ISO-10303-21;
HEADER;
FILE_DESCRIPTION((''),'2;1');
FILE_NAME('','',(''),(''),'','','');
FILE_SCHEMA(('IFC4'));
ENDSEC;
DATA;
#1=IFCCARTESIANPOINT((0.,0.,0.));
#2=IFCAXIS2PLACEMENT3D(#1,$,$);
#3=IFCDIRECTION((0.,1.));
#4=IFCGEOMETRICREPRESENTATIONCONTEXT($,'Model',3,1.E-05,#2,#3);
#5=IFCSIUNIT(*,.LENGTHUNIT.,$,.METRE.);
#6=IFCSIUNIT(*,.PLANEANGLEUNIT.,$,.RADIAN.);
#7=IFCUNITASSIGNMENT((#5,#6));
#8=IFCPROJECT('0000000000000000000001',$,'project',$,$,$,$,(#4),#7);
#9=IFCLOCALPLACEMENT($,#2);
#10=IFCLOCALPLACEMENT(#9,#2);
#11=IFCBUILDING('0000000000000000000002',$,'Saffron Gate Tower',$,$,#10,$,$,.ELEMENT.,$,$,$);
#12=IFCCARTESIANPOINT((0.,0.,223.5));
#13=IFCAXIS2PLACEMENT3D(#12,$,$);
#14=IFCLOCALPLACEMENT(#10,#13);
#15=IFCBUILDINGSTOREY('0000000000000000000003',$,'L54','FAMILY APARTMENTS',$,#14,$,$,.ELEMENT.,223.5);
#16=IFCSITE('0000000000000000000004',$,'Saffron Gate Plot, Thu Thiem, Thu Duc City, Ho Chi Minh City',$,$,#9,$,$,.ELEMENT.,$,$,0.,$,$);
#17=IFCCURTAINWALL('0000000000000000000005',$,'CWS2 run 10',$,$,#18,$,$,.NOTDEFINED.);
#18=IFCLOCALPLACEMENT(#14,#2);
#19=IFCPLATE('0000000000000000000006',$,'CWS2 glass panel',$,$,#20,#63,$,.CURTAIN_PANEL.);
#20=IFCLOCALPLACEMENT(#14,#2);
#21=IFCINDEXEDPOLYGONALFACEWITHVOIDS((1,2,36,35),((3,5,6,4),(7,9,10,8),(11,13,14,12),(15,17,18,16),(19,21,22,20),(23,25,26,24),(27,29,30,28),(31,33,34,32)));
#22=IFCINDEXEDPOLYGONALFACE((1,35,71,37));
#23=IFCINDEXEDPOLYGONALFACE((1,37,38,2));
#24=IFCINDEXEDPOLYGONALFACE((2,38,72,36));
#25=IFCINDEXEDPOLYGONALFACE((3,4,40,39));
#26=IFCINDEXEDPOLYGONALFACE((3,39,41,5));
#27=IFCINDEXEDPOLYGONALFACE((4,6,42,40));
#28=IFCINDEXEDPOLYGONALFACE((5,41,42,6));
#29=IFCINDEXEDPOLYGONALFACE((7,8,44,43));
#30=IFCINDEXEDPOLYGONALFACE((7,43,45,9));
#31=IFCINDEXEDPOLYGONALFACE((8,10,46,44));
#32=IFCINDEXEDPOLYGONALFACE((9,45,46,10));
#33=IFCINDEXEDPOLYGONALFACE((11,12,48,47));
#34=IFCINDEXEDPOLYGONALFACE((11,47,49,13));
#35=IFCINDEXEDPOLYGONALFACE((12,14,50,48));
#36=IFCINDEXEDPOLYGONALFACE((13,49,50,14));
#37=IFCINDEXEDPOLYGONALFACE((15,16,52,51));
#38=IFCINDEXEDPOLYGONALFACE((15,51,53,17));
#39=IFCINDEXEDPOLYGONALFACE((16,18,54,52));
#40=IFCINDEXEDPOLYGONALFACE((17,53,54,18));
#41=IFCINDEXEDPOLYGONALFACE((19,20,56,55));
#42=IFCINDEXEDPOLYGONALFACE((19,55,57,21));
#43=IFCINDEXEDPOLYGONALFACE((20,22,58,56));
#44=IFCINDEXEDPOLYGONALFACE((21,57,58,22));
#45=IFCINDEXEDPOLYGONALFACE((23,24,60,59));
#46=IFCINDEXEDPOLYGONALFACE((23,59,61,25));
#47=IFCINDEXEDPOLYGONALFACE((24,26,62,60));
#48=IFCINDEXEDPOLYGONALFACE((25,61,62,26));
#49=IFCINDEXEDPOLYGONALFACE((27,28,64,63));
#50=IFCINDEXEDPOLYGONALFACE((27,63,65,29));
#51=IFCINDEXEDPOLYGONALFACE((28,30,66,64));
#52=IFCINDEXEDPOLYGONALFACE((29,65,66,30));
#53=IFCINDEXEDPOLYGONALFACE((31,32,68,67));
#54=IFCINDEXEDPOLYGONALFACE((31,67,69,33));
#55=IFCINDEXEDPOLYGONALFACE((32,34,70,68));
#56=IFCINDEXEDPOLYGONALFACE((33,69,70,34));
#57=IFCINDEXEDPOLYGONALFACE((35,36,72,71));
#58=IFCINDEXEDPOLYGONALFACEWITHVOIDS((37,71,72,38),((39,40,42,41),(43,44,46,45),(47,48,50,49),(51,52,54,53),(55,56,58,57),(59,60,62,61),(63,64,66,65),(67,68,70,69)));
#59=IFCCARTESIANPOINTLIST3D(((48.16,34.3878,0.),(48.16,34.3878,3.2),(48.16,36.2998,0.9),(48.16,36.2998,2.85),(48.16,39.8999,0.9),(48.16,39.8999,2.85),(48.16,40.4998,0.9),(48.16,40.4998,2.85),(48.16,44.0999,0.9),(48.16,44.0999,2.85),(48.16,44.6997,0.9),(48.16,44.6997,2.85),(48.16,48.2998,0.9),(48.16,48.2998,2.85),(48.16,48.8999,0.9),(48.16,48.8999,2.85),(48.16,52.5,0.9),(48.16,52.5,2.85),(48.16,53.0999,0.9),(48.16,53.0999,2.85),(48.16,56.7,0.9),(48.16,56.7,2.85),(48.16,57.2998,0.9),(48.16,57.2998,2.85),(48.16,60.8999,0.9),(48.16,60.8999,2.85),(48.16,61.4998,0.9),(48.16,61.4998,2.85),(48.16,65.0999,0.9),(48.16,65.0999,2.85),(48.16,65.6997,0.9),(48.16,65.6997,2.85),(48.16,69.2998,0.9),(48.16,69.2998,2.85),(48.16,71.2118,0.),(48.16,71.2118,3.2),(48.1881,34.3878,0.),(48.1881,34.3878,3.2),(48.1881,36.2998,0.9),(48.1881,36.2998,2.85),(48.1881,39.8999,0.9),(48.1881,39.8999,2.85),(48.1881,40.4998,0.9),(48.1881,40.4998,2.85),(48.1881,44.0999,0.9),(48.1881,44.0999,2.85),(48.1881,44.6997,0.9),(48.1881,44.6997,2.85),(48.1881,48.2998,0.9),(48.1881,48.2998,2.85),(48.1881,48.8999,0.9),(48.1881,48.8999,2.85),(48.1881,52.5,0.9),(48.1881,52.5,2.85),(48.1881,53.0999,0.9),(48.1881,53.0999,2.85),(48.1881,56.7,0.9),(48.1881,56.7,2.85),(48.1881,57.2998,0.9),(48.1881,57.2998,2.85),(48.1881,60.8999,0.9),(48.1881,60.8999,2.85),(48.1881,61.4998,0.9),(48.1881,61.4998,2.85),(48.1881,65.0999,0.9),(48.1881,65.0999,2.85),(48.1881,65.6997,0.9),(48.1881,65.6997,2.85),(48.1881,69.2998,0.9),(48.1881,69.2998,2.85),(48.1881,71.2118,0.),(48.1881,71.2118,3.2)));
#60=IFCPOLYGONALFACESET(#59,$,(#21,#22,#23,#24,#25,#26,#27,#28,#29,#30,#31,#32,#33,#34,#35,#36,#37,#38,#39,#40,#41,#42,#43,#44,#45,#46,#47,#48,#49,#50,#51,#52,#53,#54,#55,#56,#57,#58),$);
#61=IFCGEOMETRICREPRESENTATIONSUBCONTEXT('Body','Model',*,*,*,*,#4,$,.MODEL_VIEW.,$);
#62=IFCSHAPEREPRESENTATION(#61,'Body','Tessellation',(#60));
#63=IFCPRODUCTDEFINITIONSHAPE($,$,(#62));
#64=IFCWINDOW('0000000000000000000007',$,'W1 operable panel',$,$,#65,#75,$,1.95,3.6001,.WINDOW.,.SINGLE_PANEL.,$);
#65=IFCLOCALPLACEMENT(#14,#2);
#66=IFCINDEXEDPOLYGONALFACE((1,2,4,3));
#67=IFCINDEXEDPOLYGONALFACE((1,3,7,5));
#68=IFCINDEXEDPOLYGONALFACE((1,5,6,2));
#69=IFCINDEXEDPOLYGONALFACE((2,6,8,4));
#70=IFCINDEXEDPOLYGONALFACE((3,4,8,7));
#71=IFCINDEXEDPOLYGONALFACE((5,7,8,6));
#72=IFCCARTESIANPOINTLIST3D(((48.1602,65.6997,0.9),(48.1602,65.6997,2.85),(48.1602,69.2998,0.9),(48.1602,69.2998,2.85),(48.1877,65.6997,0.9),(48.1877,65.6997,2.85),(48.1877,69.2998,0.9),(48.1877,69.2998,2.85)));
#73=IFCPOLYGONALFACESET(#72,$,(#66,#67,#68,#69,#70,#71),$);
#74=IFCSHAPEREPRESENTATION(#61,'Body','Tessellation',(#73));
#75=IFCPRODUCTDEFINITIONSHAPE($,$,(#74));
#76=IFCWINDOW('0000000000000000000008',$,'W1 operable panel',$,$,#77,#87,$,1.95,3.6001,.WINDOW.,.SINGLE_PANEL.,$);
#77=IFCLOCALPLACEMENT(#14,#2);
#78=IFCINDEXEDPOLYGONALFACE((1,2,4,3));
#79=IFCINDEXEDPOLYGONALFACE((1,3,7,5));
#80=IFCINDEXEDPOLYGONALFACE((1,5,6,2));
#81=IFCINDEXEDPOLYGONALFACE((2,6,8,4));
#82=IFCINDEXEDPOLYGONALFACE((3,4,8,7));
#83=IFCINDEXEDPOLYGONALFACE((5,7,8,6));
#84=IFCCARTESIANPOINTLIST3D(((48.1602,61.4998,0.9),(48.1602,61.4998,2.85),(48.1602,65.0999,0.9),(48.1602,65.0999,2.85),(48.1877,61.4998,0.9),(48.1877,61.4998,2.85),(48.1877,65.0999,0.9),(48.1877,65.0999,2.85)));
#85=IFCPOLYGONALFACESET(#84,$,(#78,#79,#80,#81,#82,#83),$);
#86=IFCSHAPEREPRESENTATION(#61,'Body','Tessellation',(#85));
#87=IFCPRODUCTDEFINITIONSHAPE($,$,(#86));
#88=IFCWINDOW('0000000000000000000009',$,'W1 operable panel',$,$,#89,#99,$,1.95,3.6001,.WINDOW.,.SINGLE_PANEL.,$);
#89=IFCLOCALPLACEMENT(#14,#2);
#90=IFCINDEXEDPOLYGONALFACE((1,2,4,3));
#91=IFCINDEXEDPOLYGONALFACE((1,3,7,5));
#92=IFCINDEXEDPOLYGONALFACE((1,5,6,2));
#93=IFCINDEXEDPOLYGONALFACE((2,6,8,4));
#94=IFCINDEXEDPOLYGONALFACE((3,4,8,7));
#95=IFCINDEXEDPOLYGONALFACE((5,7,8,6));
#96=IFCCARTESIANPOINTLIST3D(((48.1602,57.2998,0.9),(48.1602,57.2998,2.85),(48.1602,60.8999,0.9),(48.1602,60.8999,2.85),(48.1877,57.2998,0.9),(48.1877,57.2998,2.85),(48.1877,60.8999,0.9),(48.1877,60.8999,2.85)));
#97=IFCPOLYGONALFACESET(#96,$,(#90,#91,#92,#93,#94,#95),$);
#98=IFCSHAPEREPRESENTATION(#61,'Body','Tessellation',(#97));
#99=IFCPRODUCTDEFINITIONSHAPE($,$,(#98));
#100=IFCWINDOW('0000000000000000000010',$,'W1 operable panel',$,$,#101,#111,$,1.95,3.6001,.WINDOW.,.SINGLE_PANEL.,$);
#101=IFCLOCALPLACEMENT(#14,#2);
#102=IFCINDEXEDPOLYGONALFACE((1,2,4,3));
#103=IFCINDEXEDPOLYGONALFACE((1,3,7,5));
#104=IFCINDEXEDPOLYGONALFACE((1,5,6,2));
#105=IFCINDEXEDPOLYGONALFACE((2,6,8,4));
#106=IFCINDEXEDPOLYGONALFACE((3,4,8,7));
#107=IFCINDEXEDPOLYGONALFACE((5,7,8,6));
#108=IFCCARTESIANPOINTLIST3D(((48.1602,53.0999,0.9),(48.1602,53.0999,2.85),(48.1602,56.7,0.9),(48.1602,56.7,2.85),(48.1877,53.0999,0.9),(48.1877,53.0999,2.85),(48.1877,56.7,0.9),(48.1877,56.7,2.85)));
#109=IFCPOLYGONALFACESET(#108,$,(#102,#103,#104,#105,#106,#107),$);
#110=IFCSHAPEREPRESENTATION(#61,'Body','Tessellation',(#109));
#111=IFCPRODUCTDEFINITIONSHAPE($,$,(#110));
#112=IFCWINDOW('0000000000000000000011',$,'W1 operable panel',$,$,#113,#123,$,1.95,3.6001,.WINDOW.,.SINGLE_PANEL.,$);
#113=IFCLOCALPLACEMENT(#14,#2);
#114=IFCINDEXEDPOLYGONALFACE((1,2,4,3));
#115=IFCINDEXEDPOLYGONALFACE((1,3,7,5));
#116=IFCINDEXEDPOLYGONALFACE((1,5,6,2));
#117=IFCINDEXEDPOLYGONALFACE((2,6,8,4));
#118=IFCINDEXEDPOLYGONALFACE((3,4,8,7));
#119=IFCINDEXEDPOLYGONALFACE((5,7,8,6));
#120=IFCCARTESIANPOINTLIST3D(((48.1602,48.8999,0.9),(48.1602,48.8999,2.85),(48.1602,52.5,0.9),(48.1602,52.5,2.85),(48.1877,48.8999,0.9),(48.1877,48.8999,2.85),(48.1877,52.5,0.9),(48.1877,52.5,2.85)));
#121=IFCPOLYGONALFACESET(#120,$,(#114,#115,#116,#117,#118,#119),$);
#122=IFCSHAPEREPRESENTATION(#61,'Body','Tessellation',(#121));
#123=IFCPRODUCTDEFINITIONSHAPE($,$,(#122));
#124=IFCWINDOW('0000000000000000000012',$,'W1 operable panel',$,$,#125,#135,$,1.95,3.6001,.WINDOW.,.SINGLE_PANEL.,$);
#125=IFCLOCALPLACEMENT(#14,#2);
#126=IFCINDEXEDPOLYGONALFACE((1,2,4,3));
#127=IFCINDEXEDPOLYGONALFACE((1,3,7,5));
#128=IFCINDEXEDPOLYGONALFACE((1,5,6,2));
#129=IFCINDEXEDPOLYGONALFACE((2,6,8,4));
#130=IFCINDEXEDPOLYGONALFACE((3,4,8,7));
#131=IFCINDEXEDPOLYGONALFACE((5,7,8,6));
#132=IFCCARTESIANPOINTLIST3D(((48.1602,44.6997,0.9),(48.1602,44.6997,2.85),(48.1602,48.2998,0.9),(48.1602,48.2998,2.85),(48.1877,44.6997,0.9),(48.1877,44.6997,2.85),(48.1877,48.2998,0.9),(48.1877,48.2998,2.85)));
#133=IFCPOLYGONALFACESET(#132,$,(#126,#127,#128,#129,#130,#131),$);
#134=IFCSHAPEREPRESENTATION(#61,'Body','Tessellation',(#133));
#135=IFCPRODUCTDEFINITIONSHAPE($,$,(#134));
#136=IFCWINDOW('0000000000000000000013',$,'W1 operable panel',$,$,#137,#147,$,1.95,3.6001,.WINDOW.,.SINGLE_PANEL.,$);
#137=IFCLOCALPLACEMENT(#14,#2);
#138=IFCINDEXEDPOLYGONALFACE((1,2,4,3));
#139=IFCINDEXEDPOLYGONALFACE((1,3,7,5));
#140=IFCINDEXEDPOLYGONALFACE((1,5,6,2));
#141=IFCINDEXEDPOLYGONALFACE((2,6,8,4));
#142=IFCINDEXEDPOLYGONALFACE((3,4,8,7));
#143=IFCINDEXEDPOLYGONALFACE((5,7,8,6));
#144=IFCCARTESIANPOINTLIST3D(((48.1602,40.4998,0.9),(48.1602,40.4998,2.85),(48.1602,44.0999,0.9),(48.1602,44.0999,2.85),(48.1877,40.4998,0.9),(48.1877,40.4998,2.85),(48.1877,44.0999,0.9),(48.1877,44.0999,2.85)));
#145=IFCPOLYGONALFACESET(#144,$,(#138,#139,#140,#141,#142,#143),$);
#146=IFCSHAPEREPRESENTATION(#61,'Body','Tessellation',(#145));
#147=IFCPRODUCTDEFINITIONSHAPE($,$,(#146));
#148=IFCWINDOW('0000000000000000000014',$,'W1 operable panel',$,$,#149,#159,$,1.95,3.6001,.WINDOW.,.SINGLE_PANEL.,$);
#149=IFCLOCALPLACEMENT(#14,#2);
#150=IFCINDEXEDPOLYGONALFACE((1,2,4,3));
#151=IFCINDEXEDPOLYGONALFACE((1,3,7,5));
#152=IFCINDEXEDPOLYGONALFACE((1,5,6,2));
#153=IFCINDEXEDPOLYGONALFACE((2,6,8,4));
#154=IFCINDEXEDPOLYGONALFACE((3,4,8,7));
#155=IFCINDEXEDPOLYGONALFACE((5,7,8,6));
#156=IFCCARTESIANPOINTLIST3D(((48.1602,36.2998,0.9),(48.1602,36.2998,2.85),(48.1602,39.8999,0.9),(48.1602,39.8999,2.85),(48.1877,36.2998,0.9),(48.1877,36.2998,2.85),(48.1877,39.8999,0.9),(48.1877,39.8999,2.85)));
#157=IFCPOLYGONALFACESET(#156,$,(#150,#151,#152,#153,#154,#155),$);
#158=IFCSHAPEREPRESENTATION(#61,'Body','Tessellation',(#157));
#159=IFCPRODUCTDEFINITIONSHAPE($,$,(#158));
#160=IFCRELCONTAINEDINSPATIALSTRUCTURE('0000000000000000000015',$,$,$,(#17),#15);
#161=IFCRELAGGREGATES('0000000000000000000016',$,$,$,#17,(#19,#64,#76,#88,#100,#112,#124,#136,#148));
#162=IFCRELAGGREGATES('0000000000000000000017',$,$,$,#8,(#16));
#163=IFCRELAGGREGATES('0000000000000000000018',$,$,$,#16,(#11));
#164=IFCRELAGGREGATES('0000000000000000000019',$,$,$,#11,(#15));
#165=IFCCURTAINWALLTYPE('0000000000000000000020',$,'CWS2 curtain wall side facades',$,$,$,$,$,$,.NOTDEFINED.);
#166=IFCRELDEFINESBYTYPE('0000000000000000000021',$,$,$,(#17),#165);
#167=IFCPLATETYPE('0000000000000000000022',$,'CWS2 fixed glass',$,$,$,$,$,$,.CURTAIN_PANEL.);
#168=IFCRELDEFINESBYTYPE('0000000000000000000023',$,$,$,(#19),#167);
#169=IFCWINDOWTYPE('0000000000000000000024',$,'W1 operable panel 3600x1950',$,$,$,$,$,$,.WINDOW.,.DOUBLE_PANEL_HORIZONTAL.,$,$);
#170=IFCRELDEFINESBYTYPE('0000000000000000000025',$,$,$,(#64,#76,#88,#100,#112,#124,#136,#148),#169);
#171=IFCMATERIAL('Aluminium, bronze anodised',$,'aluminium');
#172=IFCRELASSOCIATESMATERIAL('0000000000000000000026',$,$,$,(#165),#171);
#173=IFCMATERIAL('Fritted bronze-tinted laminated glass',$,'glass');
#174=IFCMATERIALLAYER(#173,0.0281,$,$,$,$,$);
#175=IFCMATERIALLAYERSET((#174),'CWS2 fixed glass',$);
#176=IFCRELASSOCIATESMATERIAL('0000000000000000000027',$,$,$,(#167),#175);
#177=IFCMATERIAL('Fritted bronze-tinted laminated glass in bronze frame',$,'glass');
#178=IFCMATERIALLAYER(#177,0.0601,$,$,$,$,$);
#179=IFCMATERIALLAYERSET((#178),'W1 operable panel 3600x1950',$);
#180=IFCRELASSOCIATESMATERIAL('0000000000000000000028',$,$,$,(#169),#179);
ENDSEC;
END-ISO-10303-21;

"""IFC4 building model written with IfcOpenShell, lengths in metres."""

from ifc_helpers import new_model, si_unit, direction, frame, frame_2d, origin, place, context, subcontext, project, spatial, rectangle, extrude, material, layer, layer_set, type_object, element, fill, aggregate, save


model = new_model("IFC4")

# Units and contexts
model_context = context("Model", 3, precision=1e-05, world=origin(), true_north=direction((0.0, 1.0)))
body_context = subcontext(model_context, "Body", "Model", "MODEL_VIEW")
ifc_project = project(units=[si_unit("LENGTHUNIT", "METRE"), si_unit("PLANEANGLEUNIT", "RADIAN")], contexts=[model_context])

# Site, building, storey
site_placement = place(None, origin())
site = spatial("IfcSite", under=ifc_project, at=site_placement, Name="Saffron Gate Plot, Thu Thiem, Thu Duc City, Ho Chi Minh City", CompositionType="ELEMENT", RefElevation=0.0)
building_placement = place(site_placement, origin())
building = spatial("IfcBuilding", under=site, at=building_placement, Name="Saffron Gate Tower", CompositionType="ELEMENT")
storey_placement = place(building_placement, frame((0.0, 0.0, 223.5)))
storey = spatial("IfcBuildingStorey", under=building, at=storey_placement, Name="L54", Description="FAMILY APARTMENTS", CompositionType="ELEMENT", Elevation=223.5)

# Curtain wall
ifc_material_1 = material(Name="Aluminium, bronze anodised", Category="aluminium")
curtain_wall_type_1 = type_object("IfcCurtainWallType", Name="CWS2 curtain wall side facades", PredefinedType="NOTDEFINED", material=ifc_material_1)
curtain_wall_1_placement = place(storey_placement, origin())
curtain_wall_1 = element("IfcCurtainWall", 1, at=curtain_wall_1_placement, inside=storey, type_object=curtain_wall_type_1, Name="CWS2 run 10", PredefinedType="NOTDEFINED")

# Plate, openings, windows
ifc_material_2 = material(Name="Fritted bronze-tinted laminated glass", Category="glass")
ifc_layer_1 = layer(ifc_material_2, 0.0281)
ifc_layer_set_1 = layer_set([ifc_layer_1], Name="CWS2 fixed glass")
plate_type_1 = type_object("IfcPlateType", Name="CWS2 fixed glass", PredefinedType="CURTAIN_PANEL", material=ifc_layer_set_1)
plate_1_placement = place(storey_placement, frame((48.1741, 71.2119, 0.0), z_axis=(0.0, 0.0, 1.0), x_axis=(0.0, -1.0, 0.0)))
plate_1 = element("IfcPlate", 2, at=plate_1_placement, type_object=plate_type_1, Name="CWS2 glass panel", PredefinedType="CURTAIN_PANEL", context=body_context, shape_type="SweptSolid", body=[
    extrude(rectangle(XDim=36.824, YDim=0.0281, at=frame_2d((18.4121, 0.0))), origin(), (0.0, 0.0, 1.0), 3.2),
])
opening_1_placement = place(plate_1_placement, frame((1.9121, 0.0, 0.8999)))
opening_1 = element("IfcOpeningElement", 3, at=opening_1_placement, cuts=plate_1, PredefinedType="OPENING", context=body_context, shape_type="SweptSolid", body=[
    extrude(rectangle(XDim=3.6001, YDim=1.95, at=frame_2d((1.8, 0.9751))), frame((0.0, 0.0239, 0.0), z_axis=(0.0, -1.0, 0.0), x_axis=(1.0, 0.0, 0.0)), (0.0, 0.0, 1.0), 0.0481),
])
opening_2_placement = place(plate_1_placement, frame((6.1121, 0.0, 0.8999)))
opening_2 = element("IfcOpeningElement", 4, at=opening_2_placement, cuts=plate_1, PredefinedType="OPENING", context=body_context, shape_type="SweptSolid", body=[
    extrude(rectangle(XDim=3.6001, YDim=1.95, at=frame_2d((1.8, 0.9751))), frame((0.0, 0.0239, 0.0), z_axis=(0.0, -1.0, 0.0), x_axis=(1.0, 0.0, 0.0)), (0.0, 0.0, 1.0), 0.0481),
])
opening_3_placement = place(plate_1_placement, frame((10.312, 0.0, 0.8999)))
opening_3 = element("IfcOpeningElement", 5, at=opening_3_placement, cuts=plate_1, PredefinedType="OPENING", context=body_context, shape_type="SweptSolid", body=[
    extrude(rectangle(XDim=3.6001, YDim=1.95, at=frame_2d((1.8, 0.9751))), frame((0.0, 0.0239, 0.0), z_axis=(0.0, -1.0, 0.0), x_axis=(1.0, 0.0, 0.0)), (0.0, 0.0, 1.0), 0.0481),
])
opening_4_placement = place(plate_1_placement, frame((14.512, 0.0, 0.8999)))
opening_4 = element("IfcOpeningElement", 6, at=opening_4_placement, cuts=plate_1, PredefinedType="OPENING", context=body_context, shape_type="SweptSolid", body=[
    extrude(rectangle(XDim=3.6001, YDim=1.95, at=frame_2d((1.8, 0.9751))), frame((0.0, 0.0239, 0.0), z_axis=(0.0, -1.0, 0.0), x_axis=(1.0, 0.0, 0.0)), (0.0, 0.0, 1.0), 0.0481),
])
opening_5_placement = place(plate_1_placement, frame((18.7119, 0.0, 0.8999)))
opening_5 = element("IfcOpeningElement", 7, at=opening_5_placement, cuts=plate_1, PredefinedType="OPENING", context=body_context, shape_type="SweptSolid", body=[
    extrude(rectangle(XDim=3.6001, YDim=1.95, at=frame_2d((1.8, 0.9751))), frame((0.0, 0.0239, 0.0), z_axis=(0.0, -1.0, 0.0), x_axis=(1.0, 0.0, 0.0)), (0.0, 0.0, 1.0), 0.0481),
])
opening_6_placement = place(plate_1_placement, frame((22.9121, 0.0, 0.8999)))
opening_6 = element("IfcOpeningElement", 8, at=opening_6_placement, cuts=plate_1, PredefinedType="OPENING", context=body_context, shape_type="SweptSolid", body=[
    extrude(rectangle(XDim=3.6001, YDim=1.95, at=frame_2d((1.8, 0.9751))), frame((0.0, 0.0239, 0.0), z_axis=(0.0, -1.0, 0.0), x_axis=(1.0, 0.0, 0.0)), (0.0, 0.0, 1.0), 0.0481),
])
opening_7_placement = place(plate_1_placement, frame((27.1121, 0.0, 0.8999)))
opening_7 = element("IfcOpeningElement", 9, at=opening_7_placement, cuts=plate_1, PredefinedType="OPENING", context=body_context, shape_type="SweptSolid", body=[
    extrude(rectangle(XDim=3.6001, YDim=1.95, at=frame_2d((1.8, 0.9751))), frame((0.0, 0.0239, 0.0), z_axis=(0.0, -1.0, 0.0), x_axis=(1.0, 0.0, 0.0)), (0.0, 0.0, 1.0), 0.0481),
])
opening_8_placement = place(plate_1_placement, frame((31.312, 0.0, 0.8999)))
opening_8 = element("IfcOpeningElement", 10, at=opening_8_placement, cuts=plate_1, PredefinedType="OPENING", context=body_context, shape_type="SweptSolid", body=[
    extrude(rectangle(XDim=3.6001, YDim=1.95, at=frame_2d((1.8, 0.9751))), frame((0.0, 0.0239, 0.0), z_axis=(0.0, -1.0, 0.0), x_axis=(1.0, 0.0, 0.0)), (0.0, 0.0, 1.0), 0.0481),
])
ifc_material_3 = material(Name="Fritted bronze-tinted laminated glass in bronze frame", Category="glass")
ifc_layer_2 = layer(ifc_material_3, 0.0601)
ifc_layer_set_2 = layer_set([ifc_layer_2], Name="W1 operable panel 3600x1950")
window_type = type_object("IfcWindowType", Name="W1 operable panel 3600x1950", PartitioningType="DOUBLE_PANEL_HORIZONTAL", PredefinedType="WINDOW", material=ifc_layer_set_2)
window_1_placement = place(opening_1_placement, origin())
window_1 = element("IfcWindow", 11, at=window_1_placement, type_object=window_type, Name="W1 operable panel", OverallHeight=1.95, OverallWidth=3.6001, PartitioningType="SINGLE_PANEL", PredefinedType="WINDOW", context=body_context, shape_type="SweptSolid", body=[
    extrude(rectangle(XDim=3.6001, YDim=1.95, at=frame_2d((1.8, 0.9751))), frame((0.0, 0.0137, 0.0), z_axis=(0.0, -1.0, 0.0), x_axis=(1.0, 0.0, 0.0)), (0.0, 0.0, 1.0), 0.0276),
])
fill(opening_1, window_1)
window_2_placement = place(opening_2_placement, origin())
window_2 = element("IfcWindow", 12, at=window_2_placement, type_object=window_type, Name="W1 operable panel", OverallHeight=1.95, OverallWidth=3.6001, PartitioningType="SINGLE_PANEL", PredefinedType="WINDOW", context=body_context, shape_type="SweptSolid", body=[
    extrude(rectangle(XDim=3.6001, YDim=1.95, at=frame_2d((1.8, 0.9751))), frame((0.0, 0.0137, 0.0), z_axis=(0.0, -1.0, 0.0), x_axis=(1.0, 0.0, 0.0)), (0.0, 0.0, 1.0), 0.0276),
])
fill(opening_2, window_2)
window_3_placement = place(opening_3_placement, origin())
window_3 = element("IfcWindow", 13, at=window_3_placement, type_object=window_type, Name="W1 operable panel", OverallHeight=1.95, OverallWidth=3.6001, PartitioningType="SINGLE_PANEL", PredefinedType="WINDOW", context=body_context, shape_type="SweptSolid", body=[
    extrude(rectangle(XDim=3.6001, YDim=1.95, at=frame_2d((1.8, 0.9751))), frame((0.0, 0.0137, 0.0), z_axis=(0.0, -1.0, 0.0), x_axis=(1.0, 0.0, 0.0)), (0.0, 0.0, 1.0), 0.0276),
])
fill(opening_3, window_3)
window_4_placement = place(opening_4_placement, origin())
window_4 = element("IfcWindow", 14, at=window_4_placement, type_object=window_type, Name="W1 operable panel", OverallHeight=1.95, OverallWidth=3.6001, PartitioningType="SINGLE_PANEL", PredefinedType="WINDOW", context=body_context, shape_type="SweptSolid", body=[
    extrude(rectangle(XDim=3.6001, YDim=1.95, at=frame_2d((1.8, 0.9751))), frame((0.0, 0.0137, 0.0), z_axis=(0.0, -1.0, 0.0), x_axis=(1.0, 0.0, 0.0)), (0.0, 0.0, 1.0), 0.0276),
])
fill(opening_4, window_4)
window_5_placement = place(opening_5_placement, origin())
window_5 = element("IfcWindow", 15, at=window_5_placement, type_object=window_type, Name="W1 operable panel", OverallHeight=1.95, OverallWidth=3.6001, PartitioningType="SINGLE_PANEL", PredefinedType="WINDOW", context=body_context, shape_type="SweptSolid", body=[
    extrude(rectangle(XDim=3.6001, YDim=1.95, at=frame_2d((1.8, 0.9751))), frame((0.0, 0.0137, 0.0), z_axis=(0.0, -1.0, 0.0), x_axis=(1.0, 0.0, 0.0)), (0.0, 0.0, 1.0), 0.0276),
])
fill(opening_5, window_5)
window_6_placement = place(opening_6_placement, origin())
window_6 = element("IfcWindow", 16, at=window_6_placement, type_object=window_type, Name="W1 operable panel", OverallHeight=1.95, OverallWidth=3.6001, PartitioningType="SINGLE_PANEL", PredefinedType="WINDOW", context=body_context, shape_type="SweptSolid", body=[
    extrude(rectangle(XDim=3.6001, YDim=1.95, at=frame_2d((1.8, 0.9751))), frame((0.0, 0.0137, 0.0), z_axis=(0.0, -1.0, 0.0), x_axis=(1.0, 0.0, 0.0)), (0.0, 0.0, 1.0), 0.0276),
])
fill(opening_6, window_6)
window_7_placement = place(opening_7_placement, origin())
window_7 = element("IfcWindow", 17, at=window_7_placement, type_object=window_type, Name="W1 operable panel", OverallHeight=1.95, OverallWidth=3.6001, PartitioningType="SINGLE_PANEL", PredefinedType="WINDOW", context=body_context, shape_type="SweptSolid", body=[
    extrude(rectangle(XDim=3.6001, YDim=1.95, at=frame_2d((1.8, 0.9751))), frame((0.0, 0.0137, 0.0), z_axis=(0.0, -1.0, 0.0), x_axis=(1.0, 0.0, 0.0)), (0.0, 0.0, 1.0), 0.0276),
])
fill(opening_7, window_7)
window_8_placement = place(opening_8_placement, origin())
window_8 = element("IfcWindow", 18, at=window_8_placement, type_object=window_type, Name="W1 operable panel", OverallHeight=1.95, OverallWidth=3.6001, PartitioningType="SINGLE_PANEL", PredefinedType="WINDOW", context=body_context, shape_type="SweptSolid", body=[
    extrude(rectangle(XDim=3.6001, YDim=1.95, at=frame_2d((1.8, 0.9751))), frame((0.0, 0.0137, 0.0), z_axis=(0.0, -1.0, 0.0), x_axis=(1.0, 0.0, 0.0)), (0.0, 0.0, 1.0), 0.0276),
])
fill(opening_8, window_8)
aggregate(curtain_wall_1, [plate_1, window_1, window_2, window_3, window_4, window_5, window_6, window_7, window_8])

save(model, "model.ifc")
